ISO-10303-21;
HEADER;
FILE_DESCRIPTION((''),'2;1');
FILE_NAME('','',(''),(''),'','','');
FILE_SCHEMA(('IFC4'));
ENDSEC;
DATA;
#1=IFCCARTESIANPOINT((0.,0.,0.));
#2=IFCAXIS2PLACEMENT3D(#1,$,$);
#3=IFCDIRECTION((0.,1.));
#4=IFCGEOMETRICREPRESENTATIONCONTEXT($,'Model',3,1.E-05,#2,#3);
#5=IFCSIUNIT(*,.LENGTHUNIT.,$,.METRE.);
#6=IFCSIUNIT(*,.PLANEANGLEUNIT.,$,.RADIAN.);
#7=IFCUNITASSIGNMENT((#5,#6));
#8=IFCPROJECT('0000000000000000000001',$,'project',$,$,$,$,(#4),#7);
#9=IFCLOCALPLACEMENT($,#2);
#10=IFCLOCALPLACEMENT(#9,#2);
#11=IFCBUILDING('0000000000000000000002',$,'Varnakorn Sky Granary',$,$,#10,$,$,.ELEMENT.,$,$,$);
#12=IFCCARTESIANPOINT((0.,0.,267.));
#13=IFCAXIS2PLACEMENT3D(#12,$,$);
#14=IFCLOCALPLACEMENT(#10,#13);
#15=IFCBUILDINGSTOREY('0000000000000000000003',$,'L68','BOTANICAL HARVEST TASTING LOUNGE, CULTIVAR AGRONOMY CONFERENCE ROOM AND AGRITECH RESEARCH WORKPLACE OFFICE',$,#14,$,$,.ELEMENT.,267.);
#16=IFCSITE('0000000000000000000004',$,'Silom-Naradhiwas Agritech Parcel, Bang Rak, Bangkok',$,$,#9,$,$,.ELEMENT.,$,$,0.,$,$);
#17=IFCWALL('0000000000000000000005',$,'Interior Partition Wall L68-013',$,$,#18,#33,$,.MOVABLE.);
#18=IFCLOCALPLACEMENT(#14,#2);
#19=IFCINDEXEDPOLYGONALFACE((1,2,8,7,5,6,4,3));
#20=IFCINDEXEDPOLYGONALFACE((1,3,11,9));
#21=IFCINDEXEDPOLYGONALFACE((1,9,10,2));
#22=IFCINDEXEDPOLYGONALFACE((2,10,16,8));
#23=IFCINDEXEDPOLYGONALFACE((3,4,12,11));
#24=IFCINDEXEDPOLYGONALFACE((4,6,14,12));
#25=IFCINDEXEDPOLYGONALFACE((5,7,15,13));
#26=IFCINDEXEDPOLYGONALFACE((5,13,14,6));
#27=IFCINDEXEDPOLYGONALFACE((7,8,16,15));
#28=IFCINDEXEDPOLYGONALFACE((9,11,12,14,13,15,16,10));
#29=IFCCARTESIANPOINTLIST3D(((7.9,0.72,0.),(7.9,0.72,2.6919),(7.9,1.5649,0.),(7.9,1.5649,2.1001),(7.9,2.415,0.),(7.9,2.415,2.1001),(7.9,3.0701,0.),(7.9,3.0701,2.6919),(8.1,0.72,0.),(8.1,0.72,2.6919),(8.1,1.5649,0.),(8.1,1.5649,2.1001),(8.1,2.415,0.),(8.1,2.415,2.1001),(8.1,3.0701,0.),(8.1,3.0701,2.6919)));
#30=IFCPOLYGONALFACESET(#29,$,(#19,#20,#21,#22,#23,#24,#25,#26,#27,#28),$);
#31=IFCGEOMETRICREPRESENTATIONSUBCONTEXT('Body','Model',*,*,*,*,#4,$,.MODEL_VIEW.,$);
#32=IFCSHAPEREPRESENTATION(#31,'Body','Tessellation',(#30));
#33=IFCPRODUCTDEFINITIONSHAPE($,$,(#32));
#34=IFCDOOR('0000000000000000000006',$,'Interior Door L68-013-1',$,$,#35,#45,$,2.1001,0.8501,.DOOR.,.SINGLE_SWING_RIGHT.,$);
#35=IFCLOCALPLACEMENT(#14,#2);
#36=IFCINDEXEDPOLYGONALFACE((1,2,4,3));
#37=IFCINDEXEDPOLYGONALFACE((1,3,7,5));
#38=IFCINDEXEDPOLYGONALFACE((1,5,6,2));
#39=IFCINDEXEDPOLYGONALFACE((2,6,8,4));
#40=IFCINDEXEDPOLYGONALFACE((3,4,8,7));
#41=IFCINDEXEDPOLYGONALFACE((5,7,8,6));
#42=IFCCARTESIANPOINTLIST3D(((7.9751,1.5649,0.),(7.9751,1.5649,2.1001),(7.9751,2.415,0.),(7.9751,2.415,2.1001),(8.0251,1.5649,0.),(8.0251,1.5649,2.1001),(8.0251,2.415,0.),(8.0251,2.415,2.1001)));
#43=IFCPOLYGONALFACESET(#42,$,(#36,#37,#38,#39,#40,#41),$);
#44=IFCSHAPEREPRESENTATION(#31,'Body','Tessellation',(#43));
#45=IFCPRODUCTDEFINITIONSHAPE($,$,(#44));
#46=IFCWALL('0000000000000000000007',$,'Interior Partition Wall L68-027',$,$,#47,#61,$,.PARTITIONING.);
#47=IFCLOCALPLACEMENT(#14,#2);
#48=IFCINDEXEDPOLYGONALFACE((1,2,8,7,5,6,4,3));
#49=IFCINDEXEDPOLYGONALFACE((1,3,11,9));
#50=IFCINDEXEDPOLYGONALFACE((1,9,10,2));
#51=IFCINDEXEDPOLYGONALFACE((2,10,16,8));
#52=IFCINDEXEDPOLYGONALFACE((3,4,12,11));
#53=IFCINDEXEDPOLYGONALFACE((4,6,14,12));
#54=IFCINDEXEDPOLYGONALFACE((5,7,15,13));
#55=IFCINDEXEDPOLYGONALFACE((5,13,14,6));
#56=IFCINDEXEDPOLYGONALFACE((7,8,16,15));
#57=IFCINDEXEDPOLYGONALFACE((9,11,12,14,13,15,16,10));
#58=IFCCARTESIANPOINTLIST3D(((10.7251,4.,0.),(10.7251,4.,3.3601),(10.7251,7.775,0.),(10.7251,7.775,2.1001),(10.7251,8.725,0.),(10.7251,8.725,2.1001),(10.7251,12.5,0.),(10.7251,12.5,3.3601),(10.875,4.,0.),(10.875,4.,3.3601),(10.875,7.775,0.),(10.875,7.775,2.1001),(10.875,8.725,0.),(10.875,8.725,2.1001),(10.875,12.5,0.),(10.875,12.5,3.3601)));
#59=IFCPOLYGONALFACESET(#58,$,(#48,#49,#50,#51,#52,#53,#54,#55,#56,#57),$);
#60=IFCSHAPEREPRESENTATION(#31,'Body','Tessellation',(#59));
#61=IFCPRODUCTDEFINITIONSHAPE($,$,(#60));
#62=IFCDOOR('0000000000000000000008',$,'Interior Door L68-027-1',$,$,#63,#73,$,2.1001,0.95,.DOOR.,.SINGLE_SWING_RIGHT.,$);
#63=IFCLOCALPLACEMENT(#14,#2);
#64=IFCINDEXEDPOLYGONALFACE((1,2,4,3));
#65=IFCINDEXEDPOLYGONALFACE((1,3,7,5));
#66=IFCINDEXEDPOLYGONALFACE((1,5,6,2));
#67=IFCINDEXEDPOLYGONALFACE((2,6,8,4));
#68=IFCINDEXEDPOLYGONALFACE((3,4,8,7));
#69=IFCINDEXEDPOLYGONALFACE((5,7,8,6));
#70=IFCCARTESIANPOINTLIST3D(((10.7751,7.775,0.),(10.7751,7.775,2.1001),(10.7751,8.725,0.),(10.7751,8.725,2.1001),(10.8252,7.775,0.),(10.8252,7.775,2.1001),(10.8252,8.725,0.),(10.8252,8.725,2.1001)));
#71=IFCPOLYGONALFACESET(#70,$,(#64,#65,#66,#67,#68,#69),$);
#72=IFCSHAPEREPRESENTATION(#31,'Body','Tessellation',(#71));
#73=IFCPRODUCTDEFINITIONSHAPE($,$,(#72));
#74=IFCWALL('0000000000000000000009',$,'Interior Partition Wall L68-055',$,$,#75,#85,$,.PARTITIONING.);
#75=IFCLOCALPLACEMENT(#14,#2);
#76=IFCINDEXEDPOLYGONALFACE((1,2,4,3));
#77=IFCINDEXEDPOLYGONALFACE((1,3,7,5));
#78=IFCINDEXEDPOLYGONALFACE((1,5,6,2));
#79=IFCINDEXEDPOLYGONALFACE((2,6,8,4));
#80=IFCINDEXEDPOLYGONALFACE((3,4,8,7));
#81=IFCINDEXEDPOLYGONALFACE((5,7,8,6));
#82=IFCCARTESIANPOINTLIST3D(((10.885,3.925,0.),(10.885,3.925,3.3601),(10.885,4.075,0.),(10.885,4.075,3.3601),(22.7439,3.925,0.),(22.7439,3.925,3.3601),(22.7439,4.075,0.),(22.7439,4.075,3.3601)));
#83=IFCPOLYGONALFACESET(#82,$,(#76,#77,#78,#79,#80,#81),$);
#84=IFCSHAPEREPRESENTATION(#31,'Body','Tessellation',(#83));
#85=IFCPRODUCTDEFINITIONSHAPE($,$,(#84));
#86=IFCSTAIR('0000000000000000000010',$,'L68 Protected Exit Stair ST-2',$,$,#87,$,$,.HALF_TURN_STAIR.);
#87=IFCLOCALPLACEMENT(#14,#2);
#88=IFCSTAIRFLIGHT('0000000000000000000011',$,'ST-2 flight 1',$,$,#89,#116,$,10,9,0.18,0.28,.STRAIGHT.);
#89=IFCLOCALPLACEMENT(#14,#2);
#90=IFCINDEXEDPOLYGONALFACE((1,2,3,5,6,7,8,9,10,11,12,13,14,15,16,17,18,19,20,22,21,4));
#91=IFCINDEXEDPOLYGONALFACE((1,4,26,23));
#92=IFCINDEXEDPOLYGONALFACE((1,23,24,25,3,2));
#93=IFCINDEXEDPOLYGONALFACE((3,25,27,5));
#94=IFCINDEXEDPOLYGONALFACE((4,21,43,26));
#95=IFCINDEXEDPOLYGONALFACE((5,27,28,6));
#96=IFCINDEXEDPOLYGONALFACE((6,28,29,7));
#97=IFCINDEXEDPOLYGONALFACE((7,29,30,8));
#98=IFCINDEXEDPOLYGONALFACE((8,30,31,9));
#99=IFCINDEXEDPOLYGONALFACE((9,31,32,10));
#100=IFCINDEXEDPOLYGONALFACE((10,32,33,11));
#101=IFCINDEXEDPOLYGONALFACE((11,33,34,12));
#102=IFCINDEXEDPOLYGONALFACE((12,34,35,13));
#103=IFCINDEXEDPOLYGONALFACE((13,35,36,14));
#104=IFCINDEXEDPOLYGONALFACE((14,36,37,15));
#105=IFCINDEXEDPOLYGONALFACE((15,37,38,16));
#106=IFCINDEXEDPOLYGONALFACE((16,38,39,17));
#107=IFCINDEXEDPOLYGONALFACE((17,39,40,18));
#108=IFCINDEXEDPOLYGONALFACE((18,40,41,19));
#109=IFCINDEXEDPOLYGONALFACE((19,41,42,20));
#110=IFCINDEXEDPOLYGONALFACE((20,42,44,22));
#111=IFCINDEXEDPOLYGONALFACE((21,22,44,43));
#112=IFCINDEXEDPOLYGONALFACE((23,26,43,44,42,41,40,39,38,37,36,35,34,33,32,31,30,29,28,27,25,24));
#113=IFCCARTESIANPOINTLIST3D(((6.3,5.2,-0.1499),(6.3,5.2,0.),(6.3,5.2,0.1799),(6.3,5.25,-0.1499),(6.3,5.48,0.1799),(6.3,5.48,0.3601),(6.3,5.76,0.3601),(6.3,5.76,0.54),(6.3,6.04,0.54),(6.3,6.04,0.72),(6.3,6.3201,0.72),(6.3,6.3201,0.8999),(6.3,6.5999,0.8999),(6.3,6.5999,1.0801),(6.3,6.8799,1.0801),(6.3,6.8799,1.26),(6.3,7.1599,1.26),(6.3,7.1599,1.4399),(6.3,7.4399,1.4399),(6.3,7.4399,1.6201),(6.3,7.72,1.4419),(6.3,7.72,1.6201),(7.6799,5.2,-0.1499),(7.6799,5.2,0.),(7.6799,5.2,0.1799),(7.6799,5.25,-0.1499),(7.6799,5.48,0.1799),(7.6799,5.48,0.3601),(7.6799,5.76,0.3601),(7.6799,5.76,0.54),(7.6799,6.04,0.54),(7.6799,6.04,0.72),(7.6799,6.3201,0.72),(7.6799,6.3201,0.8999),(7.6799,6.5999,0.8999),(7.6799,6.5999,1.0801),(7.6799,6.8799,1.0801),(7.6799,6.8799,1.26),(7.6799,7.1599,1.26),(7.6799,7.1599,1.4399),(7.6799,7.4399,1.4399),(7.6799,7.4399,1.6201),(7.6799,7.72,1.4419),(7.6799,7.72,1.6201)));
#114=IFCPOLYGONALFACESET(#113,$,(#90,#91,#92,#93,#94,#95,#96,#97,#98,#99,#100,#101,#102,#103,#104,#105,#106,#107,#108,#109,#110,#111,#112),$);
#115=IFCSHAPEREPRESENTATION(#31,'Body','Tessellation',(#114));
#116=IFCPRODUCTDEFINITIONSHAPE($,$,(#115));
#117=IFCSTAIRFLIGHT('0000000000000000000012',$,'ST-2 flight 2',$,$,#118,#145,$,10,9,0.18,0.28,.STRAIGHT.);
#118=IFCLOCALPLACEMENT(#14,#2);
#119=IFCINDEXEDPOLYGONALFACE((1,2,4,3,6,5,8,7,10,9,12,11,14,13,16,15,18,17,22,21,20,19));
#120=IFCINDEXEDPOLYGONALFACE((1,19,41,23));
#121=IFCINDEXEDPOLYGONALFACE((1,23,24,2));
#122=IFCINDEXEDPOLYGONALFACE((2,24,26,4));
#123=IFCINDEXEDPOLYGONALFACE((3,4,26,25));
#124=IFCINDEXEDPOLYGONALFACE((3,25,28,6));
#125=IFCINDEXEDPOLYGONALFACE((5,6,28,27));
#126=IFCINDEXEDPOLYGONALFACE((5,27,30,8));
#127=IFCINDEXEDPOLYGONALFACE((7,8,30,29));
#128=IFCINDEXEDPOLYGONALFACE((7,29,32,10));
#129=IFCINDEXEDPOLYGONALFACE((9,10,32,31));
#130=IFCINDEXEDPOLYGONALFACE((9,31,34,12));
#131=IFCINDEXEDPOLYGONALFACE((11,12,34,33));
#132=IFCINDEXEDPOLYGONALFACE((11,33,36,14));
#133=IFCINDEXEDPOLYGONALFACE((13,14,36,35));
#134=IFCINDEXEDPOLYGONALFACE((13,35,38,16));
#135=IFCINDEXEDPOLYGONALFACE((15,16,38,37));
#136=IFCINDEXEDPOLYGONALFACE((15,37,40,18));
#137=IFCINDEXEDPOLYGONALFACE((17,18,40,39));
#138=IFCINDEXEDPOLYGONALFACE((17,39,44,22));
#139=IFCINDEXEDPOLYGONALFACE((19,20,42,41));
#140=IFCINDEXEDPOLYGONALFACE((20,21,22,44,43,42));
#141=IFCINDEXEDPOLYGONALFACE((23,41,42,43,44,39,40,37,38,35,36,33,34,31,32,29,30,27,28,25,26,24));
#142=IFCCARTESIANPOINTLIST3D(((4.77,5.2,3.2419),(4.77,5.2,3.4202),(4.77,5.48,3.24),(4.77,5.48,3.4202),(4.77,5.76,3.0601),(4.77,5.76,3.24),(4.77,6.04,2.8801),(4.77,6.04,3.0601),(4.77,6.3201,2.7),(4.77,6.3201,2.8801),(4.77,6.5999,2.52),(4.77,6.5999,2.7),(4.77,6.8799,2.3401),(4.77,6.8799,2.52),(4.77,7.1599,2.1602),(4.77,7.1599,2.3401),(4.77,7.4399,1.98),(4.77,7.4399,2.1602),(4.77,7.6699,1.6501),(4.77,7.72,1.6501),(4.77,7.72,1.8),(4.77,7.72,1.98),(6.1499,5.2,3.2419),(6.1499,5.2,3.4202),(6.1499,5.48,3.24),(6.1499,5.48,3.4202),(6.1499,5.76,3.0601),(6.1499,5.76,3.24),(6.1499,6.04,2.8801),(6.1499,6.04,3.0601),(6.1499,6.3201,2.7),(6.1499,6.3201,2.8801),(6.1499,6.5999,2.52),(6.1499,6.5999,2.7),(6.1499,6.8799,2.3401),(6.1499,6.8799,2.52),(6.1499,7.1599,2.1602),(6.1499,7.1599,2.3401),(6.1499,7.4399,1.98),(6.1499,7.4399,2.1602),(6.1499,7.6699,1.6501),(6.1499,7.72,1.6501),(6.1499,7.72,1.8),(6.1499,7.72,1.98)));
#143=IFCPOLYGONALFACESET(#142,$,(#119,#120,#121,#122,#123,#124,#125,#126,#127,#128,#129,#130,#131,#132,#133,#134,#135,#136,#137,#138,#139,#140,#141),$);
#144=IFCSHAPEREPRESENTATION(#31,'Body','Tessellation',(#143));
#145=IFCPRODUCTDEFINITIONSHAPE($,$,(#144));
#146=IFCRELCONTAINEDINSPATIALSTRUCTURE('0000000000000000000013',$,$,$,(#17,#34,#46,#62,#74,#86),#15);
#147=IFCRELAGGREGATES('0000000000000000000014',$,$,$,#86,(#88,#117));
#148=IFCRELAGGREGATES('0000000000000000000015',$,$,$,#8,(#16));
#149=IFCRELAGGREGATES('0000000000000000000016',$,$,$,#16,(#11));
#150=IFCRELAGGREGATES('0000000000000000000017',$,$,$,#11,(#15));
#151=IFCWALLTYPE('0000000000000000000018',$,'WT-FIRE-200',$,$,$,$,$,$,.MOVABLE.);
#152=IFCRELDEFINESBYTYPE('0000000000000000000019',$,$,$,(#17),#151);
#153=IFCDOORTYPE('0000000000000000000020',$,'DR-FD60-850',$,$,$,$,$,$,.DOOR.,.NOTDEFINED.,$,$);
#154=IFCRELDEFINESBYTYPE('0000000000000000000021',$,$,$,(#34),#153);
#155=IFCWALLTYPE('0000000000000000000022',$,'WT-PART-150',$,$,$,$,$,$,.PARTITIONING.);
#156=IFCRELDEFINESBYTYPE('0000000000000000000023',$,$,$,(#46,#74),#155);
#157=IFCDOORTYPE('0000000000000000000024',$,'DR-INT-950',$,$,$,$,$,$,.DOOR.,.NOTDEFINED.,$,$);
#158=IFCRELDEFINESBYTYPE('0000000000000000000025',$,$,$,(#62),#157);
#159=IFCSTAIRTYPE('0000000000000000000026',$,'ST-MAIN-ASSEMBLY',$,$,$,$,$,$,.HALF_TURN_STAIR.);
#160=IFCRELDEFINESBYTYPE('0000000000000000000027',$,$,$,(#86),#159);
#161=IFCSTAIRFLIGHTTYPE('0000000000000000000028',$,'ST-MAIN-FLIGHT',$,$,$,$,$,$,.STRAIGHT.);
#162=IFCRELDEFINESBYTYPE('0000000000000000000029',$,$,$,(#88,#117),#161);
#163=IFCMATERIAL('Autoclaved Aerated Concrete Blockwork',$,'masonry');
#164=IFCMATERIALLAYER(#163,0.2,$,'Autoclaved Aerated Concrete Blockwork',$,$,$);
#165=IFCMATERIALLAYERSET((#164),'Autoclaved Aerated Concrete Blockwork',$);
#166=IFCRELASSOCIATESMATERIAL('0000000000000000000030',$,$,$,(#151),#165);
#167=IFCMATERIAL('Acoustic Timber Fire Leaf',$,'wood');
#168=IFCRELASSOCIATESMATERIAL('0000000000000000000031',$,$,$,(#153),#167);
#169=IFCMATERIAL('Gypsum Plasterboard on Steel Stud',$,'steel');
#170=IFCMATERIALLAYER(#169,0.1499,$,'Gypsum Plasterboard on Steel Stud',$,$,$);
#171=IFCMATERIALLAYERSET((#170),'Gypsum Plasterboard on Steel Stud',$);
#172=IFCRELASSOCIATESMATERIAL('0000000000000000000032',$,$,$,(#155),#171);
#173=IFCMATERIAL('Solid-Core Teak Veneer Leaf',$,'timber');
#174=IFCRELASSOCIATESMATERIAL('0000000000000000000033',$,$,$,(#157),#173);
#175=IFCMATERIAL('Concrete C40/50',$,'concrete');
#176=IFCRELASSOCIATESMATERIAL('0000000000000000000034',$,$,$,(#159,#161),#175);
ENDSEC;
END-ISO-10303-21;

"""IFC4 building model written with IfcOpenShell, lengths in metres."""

from ifc_helpers import new_model, si_unit, direction, frame, frame_2d, origin, place, context, subcontext, project, spatial, polyline, rectangle, outline, extrude, material, layer, layer_set, type_object, element, fill, aggregate, save


model = new_model("IFC4")

# Units and contexts
model_context = context("Model", 3, precision=1e-05, world=origin(), true_north=direction((0.0, 1.0)))
body_context = subcontext(model_context, "Body", "Model", "MODEL_VIEW")
ifc_project = project(units=[si_unit("LENGTHUNIT", "METRE"), si_unit("PLANEANGLEUNIT", "RADIAN")], contexts=[model_context])

# Site, building, storey
site_placement = place(None, origin())
site = spatial("IfcSite", under=ifc_project, at=site_placement, Name="Silom-Naradhiwas Agritech Parcel, Bang Rak, Bangkok", CompositionType="ELEMENT", RefElevation=0.0)
building_placement = place(site_placement, origin())
building = spatial("IfcBuilding", under=site, at=building_placement, Name="Varnakorn Sky Granary", CompositionType="ELEMENT")
storey_placement = place(building_placement, frame((0.0, 0.0, 267.0)))
storey = spatial("IfcBuildingStorey", under=building, at=storey_placement, Name="L68", Description="BOTANICAL HARVEST TASTING LOUNGE, CULTIVAR AGRONOMY CONFERENCE ROOM AND AGRITECH RESEARCH WORKPLACE OFFICE", CompositionType="ELEMENT", Elevation=267.0)

# Walls, openings, doors
ifc_material_1 = material(Name="Autoclaved Aerated Concrete Blockwork", Category="masonry")
ifc_layer_1 = layer(ifc_material_1, 0.2, Name="Autoclaved Aerated Concrete Blockwork")
ifc_layer_set_1 = layer_set([ifc_layer_1], Name="Autoclaved Aerated Concrete Blockwork")
wall_type_1 = type_object("IfcWallType", Name="WT-FIRE-200", PredefinedType="MOVABLE", material=ifc_layer_set_1)
ifc_material_2 = material(Name="Acoustic Timber Fire Leaf", Category="wood")
wall_1_placement = place(storey_placement, frame((8.0, 0.72, 0.0), z_axis=(0.0, 0.0, 1.0), x_axis=(0.0, 1.0, 0.0)))
wall_1 = element("IfcWall", 1, at=wall_1_placement, inside=storey, type_object=wall_type_1, Name="Interior Partition Wall L68-013", PredefinedType="MOVABLE", context=body_context, shape_type="SweptSolid", body=[
    extrude(rectangle(XDim=2.3501, YDim=0.2, at=frame_2d((1.175, 0.0))), origin(), (0.0, 0.0, 1.0), 2.6919),
])
opening_1_placement = place(wall_1_placement, frame((0.845, 0.0, 0.0)))
opening_1 = element("IfcOpeningElement", 2, at=opening_1_placement, cuts=wall_1, PredefinedType="OPENING", context=body_context, shape_type="SweptSolid", body=[
    extrude(rectangle(XDim=0.8501, YDim=2.1001, at=frame_2d((0.425, 1.05))), frame((0.0, 0.1099, 0.0), z_axis=(0.0, -1.0, 0.0), x_axis=(1.0, 0.0, 0.0)), (0.0, 0.0, 1.0), 0.22),
])
door_type_1 = type_object("IfcDoorType", Name="DR-FD60-850", OperationType="NOTDEFINED", PredefinedType="DOOR", material=ifc_material_2)
door_1_placement = place(opening_1_placement, origin())
door_1 = element("IfcDoor", 3, at=door_1_placement, inside=storey, type_object=door_type_1, Name="Interior Door L68-013-1", OperationType="SINGLE_SWING_RIGHT", OverallHeight=2.1001, OverallWidth=0.8501, PredefinedType="DOOR", context=body_context, shape_type="SweptSolid", body=[
    extrude(rectangle(XDim=0.8501, YDim=2.1001, at=frame_2d((0.425, 1.05))), frame((0.0, 0.0249, 0.0), z_axis=(0.0, -1.0, 0.0), x_axis=(1.0, 0.0, 0.0)), (0.0, 0.0, 1.0), 0.05),
])
fill(opening_1, door_1)
ifc_material_3 = material(Name="Gypsum Plasterboard on Steel Stud", Category="steel")
ifc_layer_2 = layer(ifc_material_3, 0.1499, Name="Gypsum Plasterboard on Steel Stud")
ifc_layer_set_2 = layer_set([ifc_layer_2], Name="Gypsum Plasterboard on Steel Stud")
wall_type_2 = type_object("IfcWallType", Name="WT-PART-150", PredefinedType="PARTITIONING", material=ifc_layer_set_2)
wall_2_placement = place(storey_placement, frame((10.8, 4.0, 0.0), z_axis=(0.0, 0.0, 1.0), x_axis=(0.0, 1.0, 0.0)))
wall_2 = element("IfcWall", 4, at=wall_2_placement, inside=storey, type_object=wall_type_2, Name="Interior Partition Wall L68-027", PredefinedType="PARTITIONING", context=body_context, shape_type="SweptSolid", body=[
    extrude(rectangle(XDim=8.5, YDim=0.1499, at=frame_2d((4.25, 0.0))), origin(), (0.0, 0.0, 1.0), 3.3601),
])
opening_2_placement = place(wall_2_placement, frame((3.7749, 0.0, 0.0)))
opening_2 = element("IfcOpeningElement", 5, at=opening_2_placement, cuts=wall_2, PredefinedType="OPENING", context=body_context, shape_type="SweptSolid", body=[
    extrude(rectangle(XDim=0.95, YDim=2.1001, at=frame_2d((0.4751, 1.05))), frame((0.0, 0.085, 0.0), z_axis=(0.0, -1.0, 0.0), x_axis=(1.0, 0.0, 0.0)), (0.0, 0.0, 1.0), 0.1699),
])
ifc_material_4 = material(Name="Solid-Core Teak Veneer Leaf", Category="timber")
door_type_2 = type_object("IfcDoorType", Name="DR-INT-950", OperationType="NOTDEFINED", PredefinedType="DOOR", material=ifc_material_4)
door_2_placement = place(opening_2_placement, origin())
door_2 = element("IfcDoor", 6, at=door_2_placement, inside=storey, type_object=door_type_2, Name="Interior Door L68-027-1", OperationType="SINGLE_SWING_RIGHT", OverallHeight=2.1001, OverallWidth=0.95, PredefinedType="DOOR", context=body_context, shape_type="SweptSolid", body=[
    extrude(rectangle(XDim=0.95, YDim=2.1001, at=frame_2d((0.4751, 1.05))), frame((0.0, 0.0249, 0.0), z_axis=(0.0, -1.0, 0.0), x_axis=(1.0, 0.0, 0.0)), (0.0, 0.0, 1.0), 0.05),
])
fill(opening_2, door_2)

# Wall
wall_3_placement = place(storey_placement, frame((10.885, 4.0, 0.0), z_axis=(0.0, 0.0, 1.0), x_axis=(1.0, 0.0, 0.0)))
element("IfcWall", 7, at=wall_3_placement, inside=storey, type_object=wall_type_2, Name="Interior Partition Wall L68-055", PredefinedType="PARTITIONING", context=body_context, shape_type="SweptSolid", body=[
    extrude(rectangle(XDim=11.8589, YDim=0.1499, at=frame_2d((5.9294, 0.0))), origin(), (0.0, 0.0, 1.0), 3.3601),
])

# Stair, stair flights
ifc_material_5 = material(Name="Concrete C40/50", Category="concrete")
stair_type = type_object("IfcStairType", Name="ST-MAIN-ASSEMBLY", PredefinedType="HALF_TURN_STAIR", material=ifc_material_5)
stair_placement = place(storey_placement, origin())
stair = element("IfcStair", 8, at=stair_placement, inside=storey, type_object=stair_type, Name="L68 Protected Exit Stair ST-2", PredefinedType="HALF_TURN_STAIR")
stair_flight_type = type_object("IfcStairFlightType", Name="ST-MAIN-FLIGHT", PredefinedType="STRAIGHT", material=ifc_material_5)
stair_flight_1_placement = place(storey_placement, frame((6.99, 5.2, 0.0), z_axis=(0.0, 0.0, 1.0), x_axis=(0.0, 1.0, 0.0)))
stair_flight_1 = element("IfcStairFlight", 9, at=stair_flight_1_placement, type_object=stair_flight_type, Name="ST-2 flight 1", NumberOfRisers=10, NumberOfTreads=9, PredefinedType="STRAIGHT", RiserHeight=0.18, TreadLength=0.28, context=body_context, shape_type="SweptSolid", body=[
    extrude(outline(polyline([(0.0, -0.1499), (0.0, 0.0), (0.0, 0.1799), (0.28, 0.1799), (0.28, 0.3601), (0.5601, 0.3601), (0.5601, 0.54), (0.8401, 0.54), (0.8401, 0.72), (1.1201, 0.72), (1.1201, 0.8999), (1.3999, 0.8999), (1.3999, 1.0801), (1.6799, 1.0801), (1.6799, 1.26), (1.96, 1.26), (1.96, 1.4399), (2.24, 1.4399), (2.24, 1.6201), (2.52, 1.6201), (2.52, 1.8), (2.52, 1.4419), (0.05, -0.1499), (0.0, -0.1499)])), frame((0.0, 0.6899, 0.0), z_axis=(0.0, -1.0, 0.0), x_axis=(1.0, 0.0, 0.0)), (0.0, 0.0, 1.0), 1.3799),
])
stair_flight_2_placement = place(storey_placement, frame((5.46, 7.72, 1.8), z_axis=(0.0, 0.0, 1.0), x_axis=(0.0, -1.0, 0.0)))
stair_flight_2 = element("IfcStairFlight", 10, at=stair_flight_2_placement, type_object=stair_flight_type, Name="ST-2 flight 2", NumberOfRisers=10, NumberOfTreads=9, PredefinedType="STRAIGHT", RiserHeight=0.18, TreadLength=0.28, context=body_context, shape_type="SweptSolid", body=[
    extrude(outline(polyline([(0.0, -0.1499), (0.0, 0.0), (0.0, 0.1799), (0.28, 0.1799), (0.28, 0.3601), (0.5601, 0.3601), (0.5601, 0.54), (0.8401, 0.54), (0.8401, 0.72), (1.1201, 0.72), (1.1201, 0.8999), (1.3999, 0.8999), (1.3999, 1.0801), (1.6799, 1.0801), (1.6799, 1.26), (1.96, 1.26), (1.96, 1.4399), (2.24, 1.4399), (2.24, 1.6201), (2.52, 1.6201), (2.52, 1.8), (2.52, 1.4419), (0.05, -0.1499), (0.0, -0.1499)])), frame((0.0, 0.6899, 0.0), z_axis=(0.0, -1.0, 0.0), x_axis=(1.0, 0.0, 0.0)), (0.0, 0.0, 1.0), 1.3799),
])
aggregate(stair, [stair_flight_1, stair_flight_2])

save(model, "model.ifc")
